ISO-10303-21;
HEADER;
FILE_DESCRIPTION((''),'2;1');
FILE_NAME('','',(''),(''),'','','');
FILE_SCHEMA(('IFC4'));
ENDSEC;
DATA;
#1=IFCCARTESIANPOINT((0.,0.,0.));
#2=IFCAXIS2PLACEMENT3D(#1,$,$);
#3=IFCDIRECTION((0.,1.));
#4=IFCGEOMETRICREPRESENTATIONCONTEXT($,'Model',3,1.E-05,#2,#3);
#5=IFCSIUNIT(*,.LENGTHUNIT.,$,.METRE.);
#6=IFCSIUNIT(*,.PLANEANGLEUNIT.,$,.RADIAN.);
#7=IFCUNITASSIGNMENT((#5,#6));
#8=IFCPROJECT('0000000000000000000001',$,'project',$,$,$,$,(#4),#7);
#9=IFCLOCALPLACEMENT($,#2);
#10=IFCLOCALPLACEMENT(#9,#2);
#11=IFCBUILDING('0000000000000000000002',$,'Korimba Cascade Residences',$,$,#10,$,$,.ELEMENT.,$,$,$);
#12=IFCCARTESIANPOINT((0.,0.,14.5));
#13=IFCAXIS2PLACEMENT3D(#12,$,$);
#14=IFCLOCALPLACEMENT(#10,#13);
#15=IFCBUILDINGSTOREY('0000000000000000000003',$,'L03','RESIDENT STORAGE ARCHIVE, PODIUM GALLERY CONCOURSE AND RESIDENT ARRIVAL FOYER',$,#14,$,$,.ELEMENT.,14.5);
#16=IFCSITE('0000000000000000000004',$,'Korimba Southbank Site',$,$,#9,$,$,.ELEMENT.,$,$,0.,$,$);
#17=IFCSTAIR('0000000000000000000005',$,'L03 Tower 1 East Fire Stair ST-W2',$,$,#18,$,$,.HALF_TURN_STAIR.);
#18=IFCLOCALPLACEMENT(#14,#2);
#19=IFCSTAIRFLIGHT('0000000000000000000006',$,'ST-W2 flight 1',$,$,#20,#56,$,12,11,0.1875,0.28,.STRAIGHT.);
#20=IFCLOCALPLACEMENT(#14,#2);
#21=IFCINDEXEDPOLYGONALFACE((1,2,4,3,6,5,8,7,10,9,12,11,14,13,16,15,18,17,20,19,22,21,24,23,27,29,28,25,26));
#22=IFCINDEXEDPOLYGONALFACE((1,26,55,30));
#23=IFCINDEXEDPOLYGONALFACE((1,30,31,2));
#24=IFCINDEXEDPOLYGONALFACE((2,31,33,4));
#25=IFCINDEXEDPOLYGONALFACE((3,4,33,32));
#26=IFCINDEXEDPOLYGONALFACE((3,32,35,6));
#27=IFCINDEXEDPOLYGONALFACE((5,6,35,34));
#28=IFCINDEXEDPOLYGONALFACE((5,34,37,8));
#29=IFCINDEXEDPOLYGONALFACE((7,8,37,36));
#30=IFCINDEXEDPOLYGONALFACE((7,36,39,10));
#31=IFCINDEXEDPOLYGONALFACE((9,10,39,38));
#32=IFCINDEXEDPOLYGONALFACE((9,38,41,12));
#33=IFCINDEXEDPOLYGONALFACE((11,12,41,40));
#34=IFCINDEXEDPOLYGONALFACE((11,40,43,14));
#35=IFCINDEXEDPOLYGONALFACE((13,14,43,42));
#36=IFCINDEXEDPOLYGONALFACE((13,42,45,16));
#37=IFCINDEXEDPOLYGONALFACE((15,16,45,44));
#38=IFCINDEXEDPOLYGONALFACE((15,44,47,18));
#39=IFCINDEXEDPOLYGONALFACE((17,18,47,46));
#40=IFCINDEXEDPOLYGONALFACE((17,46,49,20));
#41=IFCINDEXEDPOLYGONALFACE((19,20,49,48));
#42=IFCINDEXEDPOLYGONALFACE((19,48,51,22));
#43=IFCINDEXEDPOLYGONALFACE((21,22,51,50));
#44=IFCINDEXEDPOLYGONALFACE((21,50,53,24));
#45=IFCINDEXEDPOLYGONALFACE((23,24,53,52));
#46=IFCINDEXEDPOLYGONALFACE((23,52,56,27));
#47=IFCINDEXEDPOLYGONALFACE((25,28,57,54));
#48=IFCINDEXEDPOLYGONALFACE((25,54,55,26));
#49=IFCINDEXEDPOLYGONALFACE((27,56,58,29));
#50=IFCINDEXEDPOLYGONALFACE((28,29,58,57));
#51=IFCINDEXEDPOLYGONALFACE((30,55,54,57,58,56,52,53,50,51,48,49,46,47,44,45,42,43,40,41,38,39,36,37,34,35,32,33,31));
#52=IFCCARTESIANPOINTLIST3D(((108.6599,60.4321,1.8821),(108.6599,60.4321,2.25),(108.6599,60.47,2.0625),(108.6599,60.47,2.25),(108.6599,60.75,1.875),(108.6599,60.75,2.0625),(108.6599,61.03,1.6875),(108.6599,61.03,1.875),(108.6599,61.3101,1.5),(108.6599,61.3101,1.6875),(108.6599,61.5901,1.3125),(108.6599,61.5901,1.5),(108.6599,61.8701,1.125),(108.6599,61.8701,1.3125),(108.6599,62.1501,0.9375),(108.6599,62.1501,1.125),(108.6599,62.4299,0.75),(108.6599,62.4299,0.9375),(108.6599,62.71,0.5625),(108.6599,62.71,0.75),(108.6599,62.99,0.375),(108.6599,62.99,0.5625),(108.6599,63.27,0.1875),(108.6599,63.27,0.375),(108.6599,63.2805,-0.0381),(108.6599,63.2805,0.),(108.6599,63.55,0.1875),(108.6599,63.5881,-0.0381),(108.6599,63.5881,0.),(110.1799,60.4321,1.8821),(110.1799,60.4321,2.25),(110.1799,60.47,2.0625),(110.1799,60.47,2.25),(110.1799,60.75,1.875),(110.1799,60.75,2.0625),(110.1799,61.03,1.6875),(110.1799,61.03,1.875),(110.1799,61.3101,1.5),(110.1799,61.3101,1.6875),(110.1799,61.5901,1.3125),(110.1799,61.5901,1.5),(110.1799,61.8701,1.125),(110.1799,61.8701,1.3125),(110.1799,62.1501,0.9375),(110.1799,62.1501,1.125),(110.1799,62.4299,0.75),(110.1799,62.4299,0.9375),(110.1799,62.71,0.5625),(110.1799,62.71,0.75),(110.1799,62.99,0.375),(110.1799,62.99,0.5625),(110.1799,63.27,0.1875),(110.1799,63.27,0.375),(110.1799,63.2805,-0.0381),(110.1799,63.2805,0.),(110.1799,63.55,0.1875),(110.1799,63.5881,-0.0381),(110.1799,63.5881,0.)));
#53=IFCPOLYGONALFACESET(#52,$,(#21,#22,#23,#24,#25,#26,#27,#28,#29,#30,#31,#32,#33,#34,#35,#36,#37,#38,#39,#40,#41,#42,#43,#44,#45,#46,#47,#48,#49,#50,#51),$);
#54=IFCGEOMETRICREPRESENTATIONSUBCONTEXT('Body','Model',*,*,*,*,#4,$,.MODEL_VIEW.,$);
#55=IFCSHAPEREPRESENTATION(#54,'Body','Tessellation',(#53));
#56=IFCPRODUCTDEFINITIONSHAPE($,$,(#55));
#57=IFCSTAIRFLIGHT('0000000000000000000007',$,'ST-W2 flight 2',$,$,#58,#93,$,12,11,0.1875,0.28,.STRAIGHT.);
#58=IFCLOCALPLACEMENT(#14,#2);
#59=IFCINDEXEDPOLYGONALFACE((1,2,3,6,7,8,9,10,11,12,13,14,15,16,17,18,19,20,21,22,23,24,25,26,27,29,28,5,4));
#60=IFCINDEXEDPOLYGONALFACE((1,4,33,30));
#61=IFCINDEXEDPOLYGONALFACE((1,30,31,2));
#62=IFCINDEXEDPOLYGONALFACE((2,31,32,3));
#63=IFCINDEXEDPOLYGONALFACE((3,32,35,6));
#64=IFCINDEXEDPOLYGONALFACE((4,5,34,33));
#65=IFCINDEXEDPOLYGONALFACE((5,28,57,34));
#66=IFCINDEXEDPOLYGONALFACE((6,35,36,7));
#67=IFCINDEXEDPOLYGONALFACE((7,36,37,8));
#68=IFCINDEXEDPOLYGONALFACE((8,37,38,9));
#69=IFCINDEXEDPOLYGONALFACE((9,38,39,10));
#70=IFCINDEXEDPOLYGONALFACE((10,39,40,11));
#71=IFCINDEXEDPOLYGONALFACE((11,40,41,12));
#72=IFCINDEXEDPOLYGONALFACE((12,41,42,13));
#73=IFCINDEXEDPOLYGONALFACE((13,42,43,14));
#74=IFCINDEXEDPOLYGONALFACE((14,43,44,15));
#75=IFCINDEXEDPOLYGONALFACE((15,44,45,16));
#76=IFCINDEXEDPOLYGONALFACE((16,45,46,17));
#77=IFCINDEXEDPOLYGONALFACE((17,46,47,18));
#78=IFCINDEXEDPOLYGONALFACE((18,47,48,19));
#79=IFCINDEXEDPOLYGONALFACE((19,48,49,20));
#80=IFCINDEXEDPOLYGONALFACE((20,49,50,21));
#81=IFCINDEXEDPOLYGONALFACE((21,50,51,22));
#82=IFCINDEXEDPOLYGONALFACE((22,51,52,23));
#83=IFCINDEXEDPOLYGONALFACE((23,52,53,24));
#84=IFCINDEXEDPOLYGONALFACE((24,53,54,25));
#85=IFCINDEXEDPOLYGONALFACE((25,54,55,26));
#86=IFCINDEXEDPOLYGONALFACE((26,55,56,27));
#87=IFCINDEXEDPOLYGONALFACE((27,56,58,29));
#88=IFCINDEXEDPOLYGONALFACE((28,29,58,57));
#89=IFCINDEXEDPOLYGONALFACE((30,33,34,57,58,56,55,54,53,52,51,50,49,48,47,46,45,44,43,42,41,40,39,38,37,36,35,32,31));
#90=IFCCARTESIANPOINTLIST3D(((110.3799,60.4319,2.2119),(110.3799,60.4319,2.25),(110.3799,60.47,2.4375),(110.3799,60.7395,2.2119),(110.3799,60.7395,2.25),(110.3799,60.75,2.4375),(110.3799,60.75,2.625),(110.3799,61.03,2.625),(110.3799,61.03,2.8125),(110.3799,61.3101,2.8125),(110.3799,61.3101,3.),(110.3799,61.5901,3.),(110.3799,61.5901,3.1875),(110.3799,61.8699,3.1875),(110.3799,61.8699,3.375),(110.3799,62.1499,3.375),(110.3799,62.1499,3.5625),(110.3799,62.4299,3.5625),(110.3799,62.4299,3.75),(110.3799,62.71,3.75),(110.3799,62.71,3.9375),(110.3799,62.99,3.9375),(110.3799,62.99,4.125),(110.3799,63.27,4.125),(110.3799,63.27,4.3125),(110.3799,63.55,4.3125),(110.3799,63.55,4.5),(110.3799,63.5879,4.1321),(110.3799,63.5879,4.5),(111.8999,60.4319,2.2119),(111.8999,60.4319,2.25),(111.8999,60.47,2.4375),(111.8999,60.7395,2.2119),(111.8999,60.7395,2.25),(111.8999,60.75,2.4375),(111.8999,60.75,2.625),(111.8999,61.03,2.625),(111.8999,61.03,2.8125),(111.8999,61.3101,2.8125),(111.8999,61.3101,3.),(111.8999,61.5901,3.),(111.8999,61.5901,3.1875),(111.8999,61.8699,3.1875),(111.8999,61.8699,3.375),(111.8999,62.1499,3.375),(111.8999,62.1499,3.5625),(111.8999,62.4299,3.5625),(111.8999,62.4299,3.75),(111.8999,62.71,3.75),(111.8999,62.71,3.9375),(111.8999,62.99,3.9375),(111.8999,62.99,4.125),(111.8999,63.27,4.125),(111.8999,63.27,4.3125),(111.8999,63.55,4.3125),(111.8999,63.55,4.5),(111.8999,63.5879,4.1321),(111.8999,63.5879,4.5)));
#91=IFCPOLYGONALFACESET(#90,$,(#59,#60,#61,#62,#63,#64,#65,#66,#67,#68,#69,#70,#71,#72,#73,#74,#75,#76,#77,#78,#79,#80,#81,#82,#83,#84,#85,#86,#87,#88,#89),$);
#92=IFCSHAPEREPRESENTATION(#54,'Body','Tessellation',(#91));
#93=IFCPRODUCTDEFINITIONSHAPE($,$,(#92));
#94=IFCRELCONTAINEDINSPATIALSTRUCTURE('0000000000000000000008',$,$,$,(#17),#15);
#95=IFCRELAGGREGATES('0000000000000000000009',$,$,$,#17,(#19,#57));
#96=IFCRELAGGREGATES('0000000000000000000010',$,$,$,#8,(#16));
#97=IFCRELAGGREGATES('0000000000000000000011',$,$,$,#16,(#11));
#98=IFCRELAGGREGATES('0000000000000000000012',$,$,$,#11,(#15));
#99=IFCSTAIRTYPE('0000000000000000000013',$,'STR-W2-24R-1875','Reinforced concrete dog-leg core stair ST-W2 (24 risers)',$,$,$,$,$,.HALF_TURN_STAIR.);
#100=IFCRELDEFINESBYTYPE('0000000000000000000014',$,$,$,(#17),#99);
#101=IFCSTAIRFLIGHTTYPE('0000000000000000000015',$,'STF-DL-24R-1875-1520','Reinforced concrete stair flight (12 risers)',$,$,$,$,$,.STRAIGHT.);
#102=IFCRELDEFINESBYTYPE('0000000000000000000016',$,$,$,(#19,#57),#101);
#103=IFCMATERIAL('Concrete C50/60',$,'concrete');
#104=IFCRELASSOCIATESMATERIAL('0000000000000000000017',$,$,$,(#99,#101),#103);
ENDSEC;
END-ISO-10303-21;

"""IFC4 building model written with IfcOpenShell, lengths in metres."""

from ifc_helpers import new_model, si_unit, direction, frame, origin, place, context, subcontext, project, spatial, polyline, outline, extrude, material, type_object, element, aggregate, save


model = new_model("IFC4")

# Units and contexts
model_context = context("Model", 3, precision=1e-05, world=origin(), true_north=direction((0.0, 1.0)))
body_context = subcontext(model_context, "Body", "Model", "MODEL_VIEW")
ifc_project = project(units=[si_unit("LENGTHUNIT", "METRE"), si_unit("PLANEANGLEUNIT", "RADIAN")], contexts=[model_context])

# Site, building, storey
site_placement = place(None, origin())
site = spatial("IfcSite", under=ifc_project, at=site_placement, Name="Korimba Southbank Site", CompositionType="ELEMENT", RefElevation=0.0)
building_placement = place(site_placement, origin())
building = spatial("IfcBuilding", under=site, at=building_placement, Name="Korimba Cascade Residences", CompositionType="ELEMENT")
storey_placement = place(building_placement, frame((0.0, 0.0, 14.5)))
storey = spatial("IfcBuildingStorey", under=building, at=storey_placement, Name="L03", Description="RESIDENT STORAGE ARCHIVE, PODIUM GALLERY CONCOURSE AND RESIDENT ARRIVAL FOYER", CompositionType="ELEMENT", Elevation=14.5)

# Shared definitions
ifc_material_1 = material(Name="Concrete C50/60", Category="concrete")

# Stair, stair flights
stair_type = type_object("IfcStairType", Name="STR-W2-24R-1875", Description="Reinforced concrete dog-leg core stair ST-W2 (24 risers)", PredefinedType="HALF_TURN_STAIR", material=ifc_material_1)
stair_placement = place(storey_placement, origin())
stair = element("IfcStair", 1, at=stair_placement, inside=storey, type_object=stair_type, Name="L03 Tower 1 East Fire Stair ST-W2", PredefinedType="HALF_TURN_STAIR")
stair_flight_type = type_object("IfcStairFlightType", Name="STF-DL-24R-1875-1520", Description="Reinforced concrete stair flight (12 risers)", PredefinedType="STRAIGHT", material=ifc_material_1)
stair_flight_1_placement = place(storey_placement, frame((109.4199, 63.55, 0.0), z_axis=(0.0, 0.0, 1.0), x_axis=(0.0, -1.0, 0.0)))
stair_flight_1 = element("IfcStairFlight", 2, at=stair_flight_1_placement, type_object=stair_flight_type, Name="ST-W2 flight 1", NumberOfRisers=12, NumberOfTreads=11, PredefinedType="STRAIGHT", RiserHeight=0.1875, TreadLength=0.28, context=body_context, shape_type="SweptSolid", body=[
    extrude(outline(polyline([(-0.0381, 0.0), (0.0, 0.1875), (0.28, 0.1875), (0.28, 0.375), (0.5601, 0.375), (0.5601, 0.5625), (0.8401, 0.5625), (0.8401, 0.75), (1.1201, 0.75), (1.1201, 0.9375), (1.3999, 0.9375), (1.3999, 1.125), (1.6799, 1.125), (1.6799, 1.3125), (1.96, 1.3125), (1.96, 1.5), (2.24, 1.5), (2.24, 1.6875), (2.52, 1.6875), (2.52, 1.875), (2.8, 1.875), (2.8, 2.0625), (3.0801, 2.0625), (3.0801, 2.25), (3.1179, 2.25), (3.1179, 1.8821), (0.2695, 0.0), (0.2695, -0.0381), (-0.0381, -0.0381), (-0.0381, 0.0)])), frame((0.0, 0.76, 0.0), z_axis=(0.0, -1.0, 0.0), x_axis=(1.0, 0.0, 0.0)), (0.0, 0.0, 1.0), 1.52),
])
stair_flight_2_placement = place(storey_placement, frame((111.1399, 60.47, 2.25), z_axis=(0.0, 0.0, 1.0), x_axis=(0.0, 1.0, 0.0)))
stair_flight_2 = element("IfcStairFlight", 3, at=stair_flight_2_placement, type_object=stair_flight_type, Name="ST-W2 flight 2", NumberOfRisers=12, NumberOfTreads=11, PredefinedType="STRAIGHT", RiserHeight=0.1875, TreadLength=0.28, context=body_context, shape_type="SweptSolid", body=[
    extrude(outline(polyline([(-0.0381, 0.0), (0.0, 0.1875), (0.28, 0.1875), (0.28, 0.375), (0.5601, 0.375), (0.5601, 0.5625), (0.8401, 0.5625), (0.8401, 0.75), (1.1201, 0.75), (1.1201, 0.9375), (1.3999, 0.9375), (1.3999, 1.125), (1.6799, 1.125), (1.6799, 1.3125), (1.96, 1.3125), (1.96, 1.5), (2.24, 1.5), (2.24, 1.6875), (2.52, 1.6875), (2.52, 1.875), (2.8, 1.875), (2.8, 2.0625), (3.0801, 2.0625), (3.0801, 2.25), (3.1179, 2.25), (3.1179, 1.8821), (0.2695, 0.0), (0.2695, -0.0381), (-0.0381, -0.0381), (-0.0381, 0.0)])), frame((0.0, 0.76, 0.0), z_axis=(0.0, -1.0, 0.0), x_axis=(1.0, 0.0, 0.0)), (0.0, 0.0, 1.0), 1.52),
])
aggregate(stair, [stair_flight_1, stair_flight_2])

save(model, "model.ifc")
